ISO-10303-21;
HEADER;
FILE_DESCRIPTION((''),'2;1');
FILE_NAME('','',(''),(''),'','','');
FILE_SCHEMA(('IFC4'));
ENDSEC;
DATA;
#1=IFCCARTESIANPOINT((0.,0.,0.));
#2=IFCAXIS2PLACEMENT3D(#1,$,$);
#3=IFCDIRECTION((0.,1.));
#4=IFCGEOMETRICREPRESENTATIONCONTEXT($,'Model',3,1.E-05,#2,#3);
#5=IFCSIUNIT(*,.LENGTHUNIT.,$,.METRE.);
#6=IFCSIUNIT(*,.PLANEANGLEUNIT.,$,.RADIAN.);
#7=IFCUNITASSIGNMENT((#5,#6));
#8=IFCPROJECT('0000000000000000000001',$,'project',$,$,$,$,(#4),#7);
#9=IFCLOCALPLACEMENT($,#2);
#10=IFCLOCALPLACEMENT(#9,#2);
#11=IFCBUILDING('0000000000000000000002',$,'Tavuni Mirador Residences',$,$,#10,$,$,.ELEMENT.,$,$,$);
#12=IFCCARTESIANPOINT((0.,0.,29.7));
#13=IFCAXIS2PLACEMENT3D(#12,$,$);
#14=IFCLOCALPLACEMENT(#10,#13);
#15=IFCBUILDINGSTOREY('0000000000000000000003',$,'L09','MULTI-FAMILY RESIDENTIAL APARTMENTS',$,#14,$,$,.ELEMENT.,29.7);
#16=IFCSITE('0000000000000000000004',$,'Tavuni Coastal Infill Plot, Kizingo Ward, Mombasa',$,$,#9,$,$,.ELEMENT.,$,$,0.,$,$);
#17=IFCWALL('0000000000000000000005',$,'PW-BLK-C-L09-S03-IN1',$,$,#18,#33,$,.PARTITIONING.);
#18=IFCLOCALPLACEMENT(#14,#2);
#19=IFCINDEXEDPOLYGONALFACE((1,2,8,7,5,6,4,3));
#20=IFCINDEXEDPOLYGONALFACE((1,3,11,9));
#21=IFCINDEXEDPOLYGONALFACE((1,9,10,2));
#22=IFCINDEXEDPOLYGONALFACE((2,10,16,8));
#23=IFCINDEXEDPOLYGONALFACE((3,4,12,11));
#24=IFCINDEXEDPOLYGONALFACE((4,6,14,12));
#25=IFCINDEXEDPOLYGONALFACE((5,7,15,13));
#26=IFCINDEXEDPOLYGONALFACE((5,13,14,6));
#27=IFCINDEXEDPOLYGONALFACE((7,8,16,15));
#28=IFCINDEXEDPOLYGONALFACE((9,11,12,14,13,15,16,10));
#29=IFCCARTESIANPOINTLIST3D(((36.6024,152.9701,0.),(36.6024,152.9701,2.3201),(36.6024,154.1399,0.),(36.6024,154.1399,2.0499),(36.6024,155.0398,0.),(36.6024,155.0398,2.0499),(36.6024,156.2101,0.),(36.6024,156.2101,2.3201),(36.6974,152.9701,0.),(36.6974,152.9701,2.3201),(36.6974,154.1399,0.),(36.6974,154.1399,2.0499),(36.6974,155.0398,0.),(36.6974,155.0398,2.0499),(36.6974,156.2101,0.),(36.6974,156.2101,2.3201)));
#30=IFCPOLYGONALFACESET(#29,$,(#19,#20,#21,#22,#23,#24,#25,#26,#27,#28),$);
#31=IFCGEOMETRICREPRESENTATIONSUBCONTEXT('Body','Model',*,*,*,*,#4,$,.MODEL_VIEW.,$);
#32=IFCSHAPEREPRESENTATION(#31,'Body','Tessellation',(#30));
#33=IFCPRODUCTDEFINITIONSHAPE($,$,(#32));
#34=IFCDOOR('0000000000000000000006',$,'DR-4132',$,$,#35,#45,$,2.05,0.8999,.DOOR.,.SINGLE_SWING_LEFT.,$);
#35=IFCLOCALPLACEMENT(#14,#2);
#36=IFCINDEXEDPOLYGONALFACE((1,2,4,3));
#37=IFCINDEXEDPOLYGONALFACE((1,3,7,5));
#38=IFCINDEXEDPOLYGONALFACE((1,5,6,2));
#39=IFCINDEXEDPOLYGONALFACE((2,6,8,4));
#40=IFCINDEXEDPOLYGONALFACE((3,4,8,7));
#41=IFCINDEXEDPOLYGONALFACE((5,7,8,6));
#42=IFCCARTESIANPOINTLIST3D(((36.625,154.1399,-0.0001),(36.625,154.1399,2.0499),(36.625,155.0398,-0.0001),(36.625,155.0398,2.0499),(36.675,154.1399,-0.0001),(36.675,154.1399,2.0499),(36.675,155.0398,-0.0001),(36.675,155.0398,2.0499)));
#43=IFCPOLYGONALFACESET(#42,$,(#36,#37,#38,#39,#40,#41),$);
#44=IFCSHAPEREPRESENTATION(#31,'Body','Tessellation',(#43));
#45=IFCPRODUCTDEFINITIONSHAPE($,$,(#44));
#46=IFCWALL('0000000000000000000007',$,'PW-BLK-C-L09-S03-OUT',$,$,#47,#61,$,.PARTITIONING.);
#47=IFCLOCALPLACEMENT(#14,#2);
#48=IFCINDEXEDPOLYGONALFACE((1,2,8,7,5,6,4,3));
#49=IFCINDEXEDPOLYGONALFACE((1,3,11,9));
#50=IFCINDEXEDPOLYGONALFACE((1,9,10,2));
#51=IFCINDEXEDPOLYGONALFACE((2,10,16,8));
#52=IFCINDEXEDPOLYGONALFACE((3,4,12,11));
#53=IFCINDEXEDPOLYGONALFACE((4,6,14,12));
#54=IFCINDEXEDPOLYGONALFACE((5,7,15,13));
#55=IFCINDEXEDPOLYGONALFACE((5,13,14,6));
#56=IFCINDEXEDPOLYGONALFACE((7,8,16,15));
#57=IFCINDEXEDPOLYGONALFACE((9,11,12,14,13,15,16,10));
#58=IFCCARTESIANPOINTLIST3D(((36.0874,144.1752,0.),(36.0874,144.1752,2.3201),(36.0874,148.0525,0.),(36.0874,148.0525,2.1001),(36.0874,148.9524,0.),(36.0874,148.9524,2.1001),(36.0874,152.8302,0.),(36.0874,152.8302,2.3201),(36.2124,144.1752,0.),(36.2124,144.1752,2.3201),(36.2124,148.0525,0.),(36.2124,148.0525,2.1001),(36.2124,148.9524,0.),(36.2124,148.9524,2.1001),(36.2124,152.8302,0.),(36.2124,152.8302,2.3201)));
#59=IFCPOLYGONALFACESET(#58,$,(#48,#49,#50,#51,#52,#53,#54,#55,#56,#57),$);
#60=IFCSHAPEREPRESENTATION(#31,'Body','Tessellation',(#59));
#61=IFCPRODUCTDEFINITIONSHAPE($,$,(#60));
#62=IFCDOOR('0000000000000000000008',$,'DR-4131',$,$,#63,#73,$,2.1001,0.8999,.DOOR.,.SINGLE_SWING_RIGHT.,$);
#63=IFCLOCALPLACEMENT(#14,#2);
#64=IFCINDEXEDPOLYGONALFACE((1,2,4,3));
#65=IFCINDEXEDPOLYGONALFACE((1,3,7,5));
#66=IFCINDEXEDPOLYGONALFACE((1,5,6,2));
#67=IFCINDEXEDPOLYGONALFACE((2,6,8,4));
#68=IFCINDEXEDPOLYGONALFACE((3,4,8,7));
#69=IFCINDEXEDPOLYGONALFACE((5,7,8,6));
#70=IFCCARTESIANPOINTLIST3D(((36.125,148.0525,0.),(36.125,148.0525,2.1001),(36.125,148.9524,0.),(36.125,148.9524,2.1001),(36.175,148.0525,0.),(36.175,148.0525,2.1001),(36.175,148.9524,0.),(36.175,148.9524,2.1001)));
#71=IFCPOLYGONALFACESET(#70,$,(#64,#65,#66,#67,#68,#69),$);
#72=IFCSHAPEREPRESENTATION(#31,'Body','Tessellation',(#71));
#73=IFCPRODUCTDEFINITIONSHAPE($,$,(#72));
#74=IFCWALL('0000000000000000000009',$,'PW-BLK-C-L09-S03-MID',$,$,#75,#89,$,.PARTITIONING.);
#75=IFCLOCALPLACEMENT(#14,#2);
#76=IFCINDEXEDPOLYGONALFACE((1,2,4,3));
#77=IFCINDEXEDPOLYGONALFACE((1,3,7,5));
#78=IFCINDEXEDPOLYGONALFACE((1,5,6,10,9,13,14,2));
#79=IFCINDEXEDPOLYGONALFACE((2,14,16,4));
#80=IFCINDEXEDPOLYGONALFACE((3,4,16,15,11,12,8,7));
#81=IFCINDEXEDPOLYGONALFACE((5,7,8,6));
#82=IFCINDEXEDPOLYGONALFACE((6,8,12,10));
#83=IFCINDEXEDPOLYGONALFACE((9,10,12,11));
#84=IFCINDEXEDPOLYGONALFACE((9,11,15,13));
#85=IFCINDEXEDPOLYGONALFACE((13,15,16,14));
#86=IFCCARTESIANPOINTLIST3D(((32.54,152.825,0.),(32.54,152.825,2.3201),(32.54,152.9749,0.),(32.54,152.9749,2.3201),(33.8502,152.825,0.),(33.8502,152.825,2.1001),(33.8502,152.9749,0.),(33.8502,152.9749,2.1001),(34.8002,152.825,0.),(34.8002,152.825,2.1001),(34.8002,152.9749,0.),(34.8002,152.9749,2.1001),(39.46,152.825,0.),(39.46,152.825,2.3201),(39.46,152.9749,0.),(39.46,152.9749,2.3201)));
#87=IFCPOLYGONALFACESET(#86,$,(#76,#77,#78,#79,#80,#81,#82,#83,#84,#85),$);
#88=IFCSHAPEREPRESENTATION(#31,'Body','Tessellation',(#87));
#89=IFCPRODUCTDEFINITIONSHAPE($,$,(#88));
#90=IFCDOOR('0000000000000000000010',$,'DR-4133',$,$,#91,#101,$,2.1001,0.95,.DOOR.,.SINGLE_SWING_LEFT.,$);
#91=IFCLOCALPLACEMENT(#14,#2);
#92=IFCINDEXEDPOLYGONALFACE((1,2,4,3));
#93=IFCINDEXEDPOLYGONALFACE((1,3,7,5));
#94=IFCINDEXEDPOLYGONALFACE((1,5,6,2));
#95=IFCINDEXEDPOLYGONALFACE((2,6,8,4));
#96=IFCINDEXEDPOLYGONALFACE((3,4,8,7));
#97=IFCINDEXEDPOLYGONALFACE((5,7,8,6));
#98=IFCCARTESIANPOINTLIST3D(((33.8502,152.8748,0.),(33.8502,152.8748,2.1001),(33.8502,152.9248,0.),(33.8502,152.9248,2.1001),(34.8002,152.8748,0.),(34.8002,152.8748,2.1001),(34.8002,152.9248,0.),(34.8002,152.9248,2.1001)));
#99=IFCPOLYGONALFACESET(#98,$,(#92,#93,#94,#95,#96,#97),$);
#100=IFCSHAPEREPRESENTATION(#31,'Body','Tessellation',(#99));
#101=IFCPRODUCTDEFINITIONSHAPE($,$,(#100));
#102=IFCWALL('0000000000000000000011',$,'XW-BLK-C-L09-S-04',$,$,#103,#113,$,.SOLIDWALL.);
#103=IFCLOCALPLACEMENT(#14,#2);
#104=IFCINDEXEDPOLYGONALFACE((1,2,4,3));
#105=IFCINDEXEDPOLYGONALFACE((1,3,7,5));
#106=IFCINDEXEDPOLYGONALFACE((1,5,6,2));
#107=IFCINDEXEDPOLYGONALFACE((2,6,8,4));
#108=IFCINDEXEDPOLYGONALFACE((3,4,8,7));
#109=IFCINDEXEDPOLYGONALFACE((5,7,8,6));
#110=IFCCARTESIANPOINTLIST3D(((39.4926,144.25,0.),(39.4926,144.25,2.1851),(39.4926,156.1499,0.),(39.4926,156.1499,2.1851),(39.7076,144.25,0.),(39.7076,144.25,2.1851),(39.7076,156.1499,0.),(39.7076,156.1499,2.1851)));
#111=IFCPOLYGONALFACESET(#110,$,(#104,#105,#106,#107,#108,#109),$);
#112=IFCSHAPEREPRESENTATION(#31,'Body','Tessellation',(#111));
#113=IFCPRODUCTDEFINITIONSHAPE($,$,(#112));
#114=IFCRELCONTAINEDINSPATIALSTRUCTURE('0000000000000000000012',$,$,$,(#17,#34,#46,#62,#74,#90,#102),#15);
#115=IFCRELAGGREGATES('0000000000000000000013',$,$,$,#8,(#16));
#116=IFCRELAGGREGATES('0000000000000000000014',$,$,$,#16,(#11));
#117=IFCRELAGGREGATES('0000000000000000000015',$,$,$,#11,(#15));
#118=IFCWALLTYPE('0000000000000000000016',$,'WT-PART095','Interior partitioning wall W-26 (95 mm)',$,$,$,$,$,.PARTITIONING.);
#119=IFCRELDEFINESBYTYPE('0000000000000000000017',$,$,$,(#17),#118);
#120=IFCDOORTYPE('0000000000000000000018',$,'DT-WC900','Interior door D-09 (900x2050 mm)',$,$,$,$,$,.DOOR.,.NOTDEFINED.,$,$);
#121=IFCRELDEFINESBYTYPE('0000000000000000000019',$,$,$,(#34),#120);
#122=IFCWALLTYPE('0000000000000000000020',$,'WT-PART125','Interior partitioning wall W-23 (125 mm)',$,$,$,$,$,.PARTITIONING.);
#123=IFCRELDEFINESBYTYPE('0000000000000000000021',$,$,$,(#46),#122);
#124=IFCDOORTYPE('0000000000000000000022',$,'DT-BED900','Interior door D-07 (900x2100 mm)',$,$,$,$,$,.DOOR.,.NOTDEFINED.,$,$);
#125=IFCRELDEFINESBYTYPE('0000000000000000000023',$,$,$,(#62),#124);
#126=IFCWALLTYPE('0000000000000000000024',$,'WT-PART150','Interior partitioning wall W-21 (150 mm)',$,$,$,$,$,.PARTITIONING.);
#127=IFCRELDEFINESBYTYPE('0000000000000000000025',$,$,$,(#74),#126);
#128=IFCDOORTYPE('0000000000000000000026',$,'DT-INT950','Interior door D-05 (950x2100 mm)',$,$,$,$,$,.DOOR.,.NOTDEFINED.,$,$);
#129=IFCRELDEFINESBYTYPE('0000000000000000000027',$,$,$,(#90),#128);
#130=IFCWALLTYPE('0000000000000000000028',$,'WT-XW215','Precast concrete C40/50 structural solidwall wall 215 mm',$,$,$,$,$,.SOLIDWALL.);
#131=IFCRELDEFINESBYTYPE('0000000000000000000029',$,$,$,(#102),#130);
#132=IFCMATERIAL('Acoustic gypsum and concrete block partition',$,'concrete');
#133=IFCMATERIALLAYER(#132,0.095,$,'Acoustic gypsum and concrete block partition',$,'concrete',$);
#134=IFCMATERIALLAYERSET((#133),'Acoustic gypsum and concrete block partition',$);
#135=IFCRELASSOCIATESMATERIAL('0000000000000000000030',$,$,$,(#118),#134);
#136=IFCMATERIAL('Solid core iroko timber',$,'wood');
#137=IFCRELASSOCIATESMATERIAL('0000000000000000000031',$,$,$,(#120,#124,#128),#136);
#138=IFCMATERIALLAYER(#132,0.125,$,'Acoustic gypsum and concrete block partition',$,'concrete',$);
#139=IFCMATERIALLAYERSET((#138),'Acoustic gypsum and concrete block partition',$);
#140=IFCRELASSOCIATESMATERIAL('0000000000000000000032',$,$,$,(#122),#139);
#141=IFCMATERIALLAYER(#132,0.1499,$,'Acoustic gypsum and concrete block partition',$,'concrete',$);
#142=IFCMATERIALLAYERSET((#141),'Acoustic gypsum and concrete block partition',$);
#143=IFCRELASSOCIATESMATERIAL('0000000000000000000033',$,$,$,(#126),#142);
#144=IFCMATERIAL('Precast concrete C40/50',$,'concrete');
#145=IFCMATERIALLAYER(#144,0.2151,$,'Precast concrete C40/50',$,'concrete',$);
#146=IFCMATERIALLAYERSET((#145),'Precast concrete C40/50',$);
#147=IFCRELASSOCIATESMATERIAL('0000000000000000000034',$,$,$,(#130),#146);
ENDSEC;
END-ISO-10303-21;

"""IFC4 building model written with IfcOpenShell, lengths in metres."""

from ifc_helpers import new_model, si_unit, direction, frame, frame_2d, origin, place, context, subcontext, project, spatial, rectangle, extrude, material, layer, layer_set, type_object, element, fill, save


model = new_model("IFC4")

# Units and contexts
model_context = context("Model", 3, precision=1e-05, world=origin(), true_north=direction((0.0, 1.0)))
body_context = subcontext(model_context, "Body", "Model", "MODEL_VIEW")
ifc_project = project(units=[si_unit("LENGTHUNIT", "METRE"), si_unit("PLANEANGLEUNIT", "RADIAN")], contexts=[model_context])

# Site, building, storey
site_placement = place(None, origin())
site = spatial("IfcSite", under=ifc_project, at=site_placement, Name="Tavuni Coastal Infill Plot, Kizingo Ward, Mombasa", CompositionType="ELEMENT", RefElevation=0.0)
building_placement = place(site_placement, origin())
building = spatial("IfcBuilding", under=site, at=building_placement, Name="Tavuni Mirador Residences", CompositionType="ELEMENT")
storey_placement = place(building_placement, frame((0.0, 0.0, 29.7)))
storey = spatial("IfcBuildingStorey", under=building, at=storey_placement, Name="L09", Description="MULTI-FAMILY RESIDENTIAL APARTMENTS", CompositionType="ELEMENT", Elevation=29.7)

# Shared definitions
ifc_material_1 = material(Name="Precast concrete C40/50", Category="concrete")

# Shared definitions
ifc_material_2 = material(Name="Solid core iroko timber", Category="wood")

# Walls, openings, doors
ifc_material_3 = material(Name="Acoustic gypsum and concrete block partition", Category="concrete")
ifc_layer_1 = layer(ifc_material_3, 0.095, Name="Acoustic gypsum and concrete block partition", Category="concrete")
ifc_layer_set_1 = layer_set([ifc_layer_1], Name="Acoustic gypsum and concrete block partition")
wall_type_1 = type_object("IfcWallType", Name="WT-PART095", Description="Interior partitioning wall W-26 (95 mm)", PredefinedType="PARTITIONING", material=ifc_layer_set_1)
wall_1_placement = place(storey_placement, frame((36.6499, 152.97, 0.0), z_axis=(0.0, 0.0, 1.0), x_axis=(0.0, 1.0, 0.0)))
wall_1 = element("IfcWall", 1, at=wall_1_placement, inside=storey, type_object=wall_type_1, Name="PW-BLK-C-L09-S03-IN1", PredefinedType="PARTITIONING", context=body_context, shape_type="SweptSolid", body=[
    extrude(rectangle(XDim=3.24, YDim=0.095, at=frame_2d((1.6201, 0.0))), origin(), (0.0, 0.0, 1.0), 2.3201),
])
opening_1_placement = place(wall_1_placement, frame((1.1699, 0.0, 0.0)))
opening_1 = element("IfcOpeningElement", 2, at=opening_1_placement, cuts=wall_1, PredefinedType="OPENING", context=body_context, shape_type="SweptSolid", body=[
    extrude(rectangle(XDim=0.8999, YDim=2.05, at=frame_2d((0.45, 1.0249))), frame((0.0, 0.0576, 0.0), z_axis=(0.0, -1.0, 0.0), x_axis=(1.0, 0.0, 0.0)), (0.0, 0.0, 1.0), 0.115),
])
door_type_1 = type_object("IfcDoorType", Name="DT-WC900", Description="Interior door D-09 (900x2050 mm)", OperationType="NOTDEFINED", PredefinedType="DOOR", material=ifc_material_2)
door_1_placement = place(opening_1_placement, origin())
door_1 = element("IfcDoor", 3, at=door_1_placement, inside=storey, type_object=door_type_1, Name="DR-4132", OperationType="SINGLE_SWING_LEFT", OverallHeight=2.05, OverallWidth=0.8999, PredefinedType="DOOR", context=body_context, shape_type="SweptSolid", body=[
    extrude(rectangle(XDim=0.8999, YDim=2.05, at=frame_2d((0.45, 1.0249))), frame((0.0, 0.0249, 0.0), z_axis=(0.0, -1.0, 0.0), x_axis=(1.0, 0.0, 0.0)), (0.0, 0.0, 1.0), 0.05),
])
fill(opening_1, door_1)
ifc_layer_2 = layer(ifc_material_3, 0.125, Name="Acoustic gypsum and concrete block partition", Category="concrete")
ifc_layer_set_2 = layer_set([ifc_layer_2], Name="Acoustic gypsum and concrete block partition")
wall_type_2 = type_object("IfcWallType", Name="WT-PART125", Description="Interior partitioning wall W-23 (125 mm)", PredefinedType="PARTITIONING", material=ifc_layer_set_2)
wall_2_placement = place(storey_placement, frame((36.1499, 144.175, 0.0), z_axis=(0.0, 0.0, 1.0), x_axis=(0.0, 1.0, 0.0)))
wall_2 = element("IfcWall", 4, at=wall_2_placement, inside=storey, type_object=wall_type_2, Name="PW-BLK-C-L09-S03-OUT", PredefinedType="PARTITIONING", context=body_context, shape_type="SweptSolid", body=[
    extrude(rectangle(XDim=8.655, YDim=0.125, at=frame_2d((4.3276, 0.0))), origin(), (0.0, 0.0, 1.0), 2.3201),
])
opening_2_placement = place(wall_2_placement, frame((3.8774, 0.0, 0.0)))
opening_2 = element("IfcOpeningElement", 5, at=opening_2_placement, cuts=wall_2, PredefinedType="OPENING", context=body_context, shape_type="SweptSolid", body=[
    extrude(rectangle(XDim=0.8999, YDim=2.1001, at=frame_2d((0.45, 1.05))), frame((0.0, 0.0725, 0.0), z_axis=(0.0, -1.0, 0.0), x_axis=(1.0, 0.0, 0.0)), (0.0, 0.0, 1.0), 0.145),
])
door_type_2 = type_object("IfcDoorType", Name="DT-BED900", Description="Interior door D-07 (900x2100 mm)", OperationType="NOTDEFINED", PredefinedType="DOOR", material=ifc_material_2)
door_2_placement = place(opening_2_placement, origin())
door_2 = element("IfcDoor", 6, at=door_2_placement, inside=storey, type_object=door_type_2, Name="DR-4131", OperationType="SINGLE_SWING_RIGHT", OverallHeight=2.1001, OverallWidth=0.8999, PredefinedType="DOOR", context=body_context, shape_type="SweptSolid", body=[
    extrude(rectangle(XDim=0.8999, YDim=2.1001, at=frame_2d((0.45, 1.05))), frame((0.0, 0.0249, 0.0), z_axis=(0.0, -1.0, 0.0), x_axis=(1.0, 0.0, 0.0)), (0.0, 0.0, 1.0), 0.05),
])
fill(opening_2, door_2)
ifc_layer_3 = layer(ifc_material_3, 0.1499, Name="Acoustic gypsum and concrete block partition", Category="concrete")
ifc_layer_set_3 = layer_set([ifc_layer_3], Name="Acoustic gypsum and concrete block partition")
wall_type_3 = type_object("IfcWallType", Name="WT-PART150", Description="Interior partitioning wall W-21 (150 mm)", PredefinedType="PARTITIONING", material=ifc_layer_set_3)
wall_3_placement = place(storey_placement, frame((32.54, 152.8999, 0.0), z_axis=(0.0, 0.0, 1.0), x_axis=(1.0, 0.0, 0.0)))
wall_3 = element("IfcWall", 7, at=wall_3_placement, inside=storey, type_object=wall_type_3, Name="PW-BLK-C-L09-S03-MID", PredefinedType="PARTITIONING", context=body_context, shape_type="SweptSolid", body=[
    extrude(rectangle(XDim=6.9199, YDim=0.1499, at=frame_2d((3.46, 0.0))), origin(), (0.0, 0.0, 1.0), 2.3201),
])
opening_3_placement = place(wall_3_placement, frame((1.3101, 0.0, 0.0)))
opening_3 = element("IfcOpeningElement", 8, at=opening_3_placement, cuts=wall_3, PredefinedType="OPENING", context=body_context, shape_type="SweptSolid", body=[
    extrude(rectangle(XDim=0.95, YDim=2.1001, at=frame_2d((0.4751, 1.05))), frame((0.0, 0.085, 0.0), z_axis=(0.0, -1.0, 0.0), x_axis=(1.0, 0.0, 0.0)), (0.0, 0.0, 1.0), 0.1699),
])
door_type_3 = type_object("IfcDoorType", Name="DT-INT950", Description="Interior door D-05 (950x2100 mm)", OperationType="NOTDEFINED", PredefinedType="DOOR", material=ifc_material_2)
door_3_placement = place(opening_3_placement, origin())
door_3 = element("IfcDoor", 9, at=door_3_placement, inside=storey, type_object=door_type_3, Name="DR-4133", OperationType="SINGLE_SWING_LEFT", OverallHeight=2.1001, OverallWidth=0.95, PredefinedType="DOOR", context=body_context, shape_type="SweptSolid", body=[
    extrude(rectangle(XDim=0.95, YDim=2.1001, at=frame_2d((0.4751, 1.05))), frame((0.0, 0.0249, 0.0), z_axis=(0.0, -1.0, 0.0), x_axis=(1.0, 0.0, 0.0)), (0.0, 0.0, 1.0), 0.05),
])
fill(opening_3, door_3)

# Wall
ifc_layer_4 = layer(ifc_material_1, 0.2151, Name="Precast concrete C40/50", Category="concrete")
ifc_layer_set_4 = layer_set([ifc_layer_4], Name="Precast concrete C40/50")
wall_type_4 = type_object("IfcWallType", Name="WT-XW215", Description="Precast concrete C40/50 structural solidwall wall 215 mm", PredefinedType="SOLIDWALL", material=ifc_layer_set_4)
wall_4_placement = place(storey_placement, frame((39.6001, 144.25, 0.0), z_axis=(0.0, 0.0, 1.0), x_axis=(0.0, 1.0, 0.0)))
element("IfcWall", 10, at=wall_4_placement, inside=storey, type_object=wall_type_4, Name="XW-BLK-C-L09-S-04", PredefinedType="SOLIDWALL", context=body_context, shape_type="SweptSolid", body=[
    extrude(rectangle(XDim=11.8999, YDim=0.2151, at=frame_2d((5.95, 0.0))), origin(), (0.0, 0.0, 1.0), 2.1851),
])

save(model, "model.ifc")
